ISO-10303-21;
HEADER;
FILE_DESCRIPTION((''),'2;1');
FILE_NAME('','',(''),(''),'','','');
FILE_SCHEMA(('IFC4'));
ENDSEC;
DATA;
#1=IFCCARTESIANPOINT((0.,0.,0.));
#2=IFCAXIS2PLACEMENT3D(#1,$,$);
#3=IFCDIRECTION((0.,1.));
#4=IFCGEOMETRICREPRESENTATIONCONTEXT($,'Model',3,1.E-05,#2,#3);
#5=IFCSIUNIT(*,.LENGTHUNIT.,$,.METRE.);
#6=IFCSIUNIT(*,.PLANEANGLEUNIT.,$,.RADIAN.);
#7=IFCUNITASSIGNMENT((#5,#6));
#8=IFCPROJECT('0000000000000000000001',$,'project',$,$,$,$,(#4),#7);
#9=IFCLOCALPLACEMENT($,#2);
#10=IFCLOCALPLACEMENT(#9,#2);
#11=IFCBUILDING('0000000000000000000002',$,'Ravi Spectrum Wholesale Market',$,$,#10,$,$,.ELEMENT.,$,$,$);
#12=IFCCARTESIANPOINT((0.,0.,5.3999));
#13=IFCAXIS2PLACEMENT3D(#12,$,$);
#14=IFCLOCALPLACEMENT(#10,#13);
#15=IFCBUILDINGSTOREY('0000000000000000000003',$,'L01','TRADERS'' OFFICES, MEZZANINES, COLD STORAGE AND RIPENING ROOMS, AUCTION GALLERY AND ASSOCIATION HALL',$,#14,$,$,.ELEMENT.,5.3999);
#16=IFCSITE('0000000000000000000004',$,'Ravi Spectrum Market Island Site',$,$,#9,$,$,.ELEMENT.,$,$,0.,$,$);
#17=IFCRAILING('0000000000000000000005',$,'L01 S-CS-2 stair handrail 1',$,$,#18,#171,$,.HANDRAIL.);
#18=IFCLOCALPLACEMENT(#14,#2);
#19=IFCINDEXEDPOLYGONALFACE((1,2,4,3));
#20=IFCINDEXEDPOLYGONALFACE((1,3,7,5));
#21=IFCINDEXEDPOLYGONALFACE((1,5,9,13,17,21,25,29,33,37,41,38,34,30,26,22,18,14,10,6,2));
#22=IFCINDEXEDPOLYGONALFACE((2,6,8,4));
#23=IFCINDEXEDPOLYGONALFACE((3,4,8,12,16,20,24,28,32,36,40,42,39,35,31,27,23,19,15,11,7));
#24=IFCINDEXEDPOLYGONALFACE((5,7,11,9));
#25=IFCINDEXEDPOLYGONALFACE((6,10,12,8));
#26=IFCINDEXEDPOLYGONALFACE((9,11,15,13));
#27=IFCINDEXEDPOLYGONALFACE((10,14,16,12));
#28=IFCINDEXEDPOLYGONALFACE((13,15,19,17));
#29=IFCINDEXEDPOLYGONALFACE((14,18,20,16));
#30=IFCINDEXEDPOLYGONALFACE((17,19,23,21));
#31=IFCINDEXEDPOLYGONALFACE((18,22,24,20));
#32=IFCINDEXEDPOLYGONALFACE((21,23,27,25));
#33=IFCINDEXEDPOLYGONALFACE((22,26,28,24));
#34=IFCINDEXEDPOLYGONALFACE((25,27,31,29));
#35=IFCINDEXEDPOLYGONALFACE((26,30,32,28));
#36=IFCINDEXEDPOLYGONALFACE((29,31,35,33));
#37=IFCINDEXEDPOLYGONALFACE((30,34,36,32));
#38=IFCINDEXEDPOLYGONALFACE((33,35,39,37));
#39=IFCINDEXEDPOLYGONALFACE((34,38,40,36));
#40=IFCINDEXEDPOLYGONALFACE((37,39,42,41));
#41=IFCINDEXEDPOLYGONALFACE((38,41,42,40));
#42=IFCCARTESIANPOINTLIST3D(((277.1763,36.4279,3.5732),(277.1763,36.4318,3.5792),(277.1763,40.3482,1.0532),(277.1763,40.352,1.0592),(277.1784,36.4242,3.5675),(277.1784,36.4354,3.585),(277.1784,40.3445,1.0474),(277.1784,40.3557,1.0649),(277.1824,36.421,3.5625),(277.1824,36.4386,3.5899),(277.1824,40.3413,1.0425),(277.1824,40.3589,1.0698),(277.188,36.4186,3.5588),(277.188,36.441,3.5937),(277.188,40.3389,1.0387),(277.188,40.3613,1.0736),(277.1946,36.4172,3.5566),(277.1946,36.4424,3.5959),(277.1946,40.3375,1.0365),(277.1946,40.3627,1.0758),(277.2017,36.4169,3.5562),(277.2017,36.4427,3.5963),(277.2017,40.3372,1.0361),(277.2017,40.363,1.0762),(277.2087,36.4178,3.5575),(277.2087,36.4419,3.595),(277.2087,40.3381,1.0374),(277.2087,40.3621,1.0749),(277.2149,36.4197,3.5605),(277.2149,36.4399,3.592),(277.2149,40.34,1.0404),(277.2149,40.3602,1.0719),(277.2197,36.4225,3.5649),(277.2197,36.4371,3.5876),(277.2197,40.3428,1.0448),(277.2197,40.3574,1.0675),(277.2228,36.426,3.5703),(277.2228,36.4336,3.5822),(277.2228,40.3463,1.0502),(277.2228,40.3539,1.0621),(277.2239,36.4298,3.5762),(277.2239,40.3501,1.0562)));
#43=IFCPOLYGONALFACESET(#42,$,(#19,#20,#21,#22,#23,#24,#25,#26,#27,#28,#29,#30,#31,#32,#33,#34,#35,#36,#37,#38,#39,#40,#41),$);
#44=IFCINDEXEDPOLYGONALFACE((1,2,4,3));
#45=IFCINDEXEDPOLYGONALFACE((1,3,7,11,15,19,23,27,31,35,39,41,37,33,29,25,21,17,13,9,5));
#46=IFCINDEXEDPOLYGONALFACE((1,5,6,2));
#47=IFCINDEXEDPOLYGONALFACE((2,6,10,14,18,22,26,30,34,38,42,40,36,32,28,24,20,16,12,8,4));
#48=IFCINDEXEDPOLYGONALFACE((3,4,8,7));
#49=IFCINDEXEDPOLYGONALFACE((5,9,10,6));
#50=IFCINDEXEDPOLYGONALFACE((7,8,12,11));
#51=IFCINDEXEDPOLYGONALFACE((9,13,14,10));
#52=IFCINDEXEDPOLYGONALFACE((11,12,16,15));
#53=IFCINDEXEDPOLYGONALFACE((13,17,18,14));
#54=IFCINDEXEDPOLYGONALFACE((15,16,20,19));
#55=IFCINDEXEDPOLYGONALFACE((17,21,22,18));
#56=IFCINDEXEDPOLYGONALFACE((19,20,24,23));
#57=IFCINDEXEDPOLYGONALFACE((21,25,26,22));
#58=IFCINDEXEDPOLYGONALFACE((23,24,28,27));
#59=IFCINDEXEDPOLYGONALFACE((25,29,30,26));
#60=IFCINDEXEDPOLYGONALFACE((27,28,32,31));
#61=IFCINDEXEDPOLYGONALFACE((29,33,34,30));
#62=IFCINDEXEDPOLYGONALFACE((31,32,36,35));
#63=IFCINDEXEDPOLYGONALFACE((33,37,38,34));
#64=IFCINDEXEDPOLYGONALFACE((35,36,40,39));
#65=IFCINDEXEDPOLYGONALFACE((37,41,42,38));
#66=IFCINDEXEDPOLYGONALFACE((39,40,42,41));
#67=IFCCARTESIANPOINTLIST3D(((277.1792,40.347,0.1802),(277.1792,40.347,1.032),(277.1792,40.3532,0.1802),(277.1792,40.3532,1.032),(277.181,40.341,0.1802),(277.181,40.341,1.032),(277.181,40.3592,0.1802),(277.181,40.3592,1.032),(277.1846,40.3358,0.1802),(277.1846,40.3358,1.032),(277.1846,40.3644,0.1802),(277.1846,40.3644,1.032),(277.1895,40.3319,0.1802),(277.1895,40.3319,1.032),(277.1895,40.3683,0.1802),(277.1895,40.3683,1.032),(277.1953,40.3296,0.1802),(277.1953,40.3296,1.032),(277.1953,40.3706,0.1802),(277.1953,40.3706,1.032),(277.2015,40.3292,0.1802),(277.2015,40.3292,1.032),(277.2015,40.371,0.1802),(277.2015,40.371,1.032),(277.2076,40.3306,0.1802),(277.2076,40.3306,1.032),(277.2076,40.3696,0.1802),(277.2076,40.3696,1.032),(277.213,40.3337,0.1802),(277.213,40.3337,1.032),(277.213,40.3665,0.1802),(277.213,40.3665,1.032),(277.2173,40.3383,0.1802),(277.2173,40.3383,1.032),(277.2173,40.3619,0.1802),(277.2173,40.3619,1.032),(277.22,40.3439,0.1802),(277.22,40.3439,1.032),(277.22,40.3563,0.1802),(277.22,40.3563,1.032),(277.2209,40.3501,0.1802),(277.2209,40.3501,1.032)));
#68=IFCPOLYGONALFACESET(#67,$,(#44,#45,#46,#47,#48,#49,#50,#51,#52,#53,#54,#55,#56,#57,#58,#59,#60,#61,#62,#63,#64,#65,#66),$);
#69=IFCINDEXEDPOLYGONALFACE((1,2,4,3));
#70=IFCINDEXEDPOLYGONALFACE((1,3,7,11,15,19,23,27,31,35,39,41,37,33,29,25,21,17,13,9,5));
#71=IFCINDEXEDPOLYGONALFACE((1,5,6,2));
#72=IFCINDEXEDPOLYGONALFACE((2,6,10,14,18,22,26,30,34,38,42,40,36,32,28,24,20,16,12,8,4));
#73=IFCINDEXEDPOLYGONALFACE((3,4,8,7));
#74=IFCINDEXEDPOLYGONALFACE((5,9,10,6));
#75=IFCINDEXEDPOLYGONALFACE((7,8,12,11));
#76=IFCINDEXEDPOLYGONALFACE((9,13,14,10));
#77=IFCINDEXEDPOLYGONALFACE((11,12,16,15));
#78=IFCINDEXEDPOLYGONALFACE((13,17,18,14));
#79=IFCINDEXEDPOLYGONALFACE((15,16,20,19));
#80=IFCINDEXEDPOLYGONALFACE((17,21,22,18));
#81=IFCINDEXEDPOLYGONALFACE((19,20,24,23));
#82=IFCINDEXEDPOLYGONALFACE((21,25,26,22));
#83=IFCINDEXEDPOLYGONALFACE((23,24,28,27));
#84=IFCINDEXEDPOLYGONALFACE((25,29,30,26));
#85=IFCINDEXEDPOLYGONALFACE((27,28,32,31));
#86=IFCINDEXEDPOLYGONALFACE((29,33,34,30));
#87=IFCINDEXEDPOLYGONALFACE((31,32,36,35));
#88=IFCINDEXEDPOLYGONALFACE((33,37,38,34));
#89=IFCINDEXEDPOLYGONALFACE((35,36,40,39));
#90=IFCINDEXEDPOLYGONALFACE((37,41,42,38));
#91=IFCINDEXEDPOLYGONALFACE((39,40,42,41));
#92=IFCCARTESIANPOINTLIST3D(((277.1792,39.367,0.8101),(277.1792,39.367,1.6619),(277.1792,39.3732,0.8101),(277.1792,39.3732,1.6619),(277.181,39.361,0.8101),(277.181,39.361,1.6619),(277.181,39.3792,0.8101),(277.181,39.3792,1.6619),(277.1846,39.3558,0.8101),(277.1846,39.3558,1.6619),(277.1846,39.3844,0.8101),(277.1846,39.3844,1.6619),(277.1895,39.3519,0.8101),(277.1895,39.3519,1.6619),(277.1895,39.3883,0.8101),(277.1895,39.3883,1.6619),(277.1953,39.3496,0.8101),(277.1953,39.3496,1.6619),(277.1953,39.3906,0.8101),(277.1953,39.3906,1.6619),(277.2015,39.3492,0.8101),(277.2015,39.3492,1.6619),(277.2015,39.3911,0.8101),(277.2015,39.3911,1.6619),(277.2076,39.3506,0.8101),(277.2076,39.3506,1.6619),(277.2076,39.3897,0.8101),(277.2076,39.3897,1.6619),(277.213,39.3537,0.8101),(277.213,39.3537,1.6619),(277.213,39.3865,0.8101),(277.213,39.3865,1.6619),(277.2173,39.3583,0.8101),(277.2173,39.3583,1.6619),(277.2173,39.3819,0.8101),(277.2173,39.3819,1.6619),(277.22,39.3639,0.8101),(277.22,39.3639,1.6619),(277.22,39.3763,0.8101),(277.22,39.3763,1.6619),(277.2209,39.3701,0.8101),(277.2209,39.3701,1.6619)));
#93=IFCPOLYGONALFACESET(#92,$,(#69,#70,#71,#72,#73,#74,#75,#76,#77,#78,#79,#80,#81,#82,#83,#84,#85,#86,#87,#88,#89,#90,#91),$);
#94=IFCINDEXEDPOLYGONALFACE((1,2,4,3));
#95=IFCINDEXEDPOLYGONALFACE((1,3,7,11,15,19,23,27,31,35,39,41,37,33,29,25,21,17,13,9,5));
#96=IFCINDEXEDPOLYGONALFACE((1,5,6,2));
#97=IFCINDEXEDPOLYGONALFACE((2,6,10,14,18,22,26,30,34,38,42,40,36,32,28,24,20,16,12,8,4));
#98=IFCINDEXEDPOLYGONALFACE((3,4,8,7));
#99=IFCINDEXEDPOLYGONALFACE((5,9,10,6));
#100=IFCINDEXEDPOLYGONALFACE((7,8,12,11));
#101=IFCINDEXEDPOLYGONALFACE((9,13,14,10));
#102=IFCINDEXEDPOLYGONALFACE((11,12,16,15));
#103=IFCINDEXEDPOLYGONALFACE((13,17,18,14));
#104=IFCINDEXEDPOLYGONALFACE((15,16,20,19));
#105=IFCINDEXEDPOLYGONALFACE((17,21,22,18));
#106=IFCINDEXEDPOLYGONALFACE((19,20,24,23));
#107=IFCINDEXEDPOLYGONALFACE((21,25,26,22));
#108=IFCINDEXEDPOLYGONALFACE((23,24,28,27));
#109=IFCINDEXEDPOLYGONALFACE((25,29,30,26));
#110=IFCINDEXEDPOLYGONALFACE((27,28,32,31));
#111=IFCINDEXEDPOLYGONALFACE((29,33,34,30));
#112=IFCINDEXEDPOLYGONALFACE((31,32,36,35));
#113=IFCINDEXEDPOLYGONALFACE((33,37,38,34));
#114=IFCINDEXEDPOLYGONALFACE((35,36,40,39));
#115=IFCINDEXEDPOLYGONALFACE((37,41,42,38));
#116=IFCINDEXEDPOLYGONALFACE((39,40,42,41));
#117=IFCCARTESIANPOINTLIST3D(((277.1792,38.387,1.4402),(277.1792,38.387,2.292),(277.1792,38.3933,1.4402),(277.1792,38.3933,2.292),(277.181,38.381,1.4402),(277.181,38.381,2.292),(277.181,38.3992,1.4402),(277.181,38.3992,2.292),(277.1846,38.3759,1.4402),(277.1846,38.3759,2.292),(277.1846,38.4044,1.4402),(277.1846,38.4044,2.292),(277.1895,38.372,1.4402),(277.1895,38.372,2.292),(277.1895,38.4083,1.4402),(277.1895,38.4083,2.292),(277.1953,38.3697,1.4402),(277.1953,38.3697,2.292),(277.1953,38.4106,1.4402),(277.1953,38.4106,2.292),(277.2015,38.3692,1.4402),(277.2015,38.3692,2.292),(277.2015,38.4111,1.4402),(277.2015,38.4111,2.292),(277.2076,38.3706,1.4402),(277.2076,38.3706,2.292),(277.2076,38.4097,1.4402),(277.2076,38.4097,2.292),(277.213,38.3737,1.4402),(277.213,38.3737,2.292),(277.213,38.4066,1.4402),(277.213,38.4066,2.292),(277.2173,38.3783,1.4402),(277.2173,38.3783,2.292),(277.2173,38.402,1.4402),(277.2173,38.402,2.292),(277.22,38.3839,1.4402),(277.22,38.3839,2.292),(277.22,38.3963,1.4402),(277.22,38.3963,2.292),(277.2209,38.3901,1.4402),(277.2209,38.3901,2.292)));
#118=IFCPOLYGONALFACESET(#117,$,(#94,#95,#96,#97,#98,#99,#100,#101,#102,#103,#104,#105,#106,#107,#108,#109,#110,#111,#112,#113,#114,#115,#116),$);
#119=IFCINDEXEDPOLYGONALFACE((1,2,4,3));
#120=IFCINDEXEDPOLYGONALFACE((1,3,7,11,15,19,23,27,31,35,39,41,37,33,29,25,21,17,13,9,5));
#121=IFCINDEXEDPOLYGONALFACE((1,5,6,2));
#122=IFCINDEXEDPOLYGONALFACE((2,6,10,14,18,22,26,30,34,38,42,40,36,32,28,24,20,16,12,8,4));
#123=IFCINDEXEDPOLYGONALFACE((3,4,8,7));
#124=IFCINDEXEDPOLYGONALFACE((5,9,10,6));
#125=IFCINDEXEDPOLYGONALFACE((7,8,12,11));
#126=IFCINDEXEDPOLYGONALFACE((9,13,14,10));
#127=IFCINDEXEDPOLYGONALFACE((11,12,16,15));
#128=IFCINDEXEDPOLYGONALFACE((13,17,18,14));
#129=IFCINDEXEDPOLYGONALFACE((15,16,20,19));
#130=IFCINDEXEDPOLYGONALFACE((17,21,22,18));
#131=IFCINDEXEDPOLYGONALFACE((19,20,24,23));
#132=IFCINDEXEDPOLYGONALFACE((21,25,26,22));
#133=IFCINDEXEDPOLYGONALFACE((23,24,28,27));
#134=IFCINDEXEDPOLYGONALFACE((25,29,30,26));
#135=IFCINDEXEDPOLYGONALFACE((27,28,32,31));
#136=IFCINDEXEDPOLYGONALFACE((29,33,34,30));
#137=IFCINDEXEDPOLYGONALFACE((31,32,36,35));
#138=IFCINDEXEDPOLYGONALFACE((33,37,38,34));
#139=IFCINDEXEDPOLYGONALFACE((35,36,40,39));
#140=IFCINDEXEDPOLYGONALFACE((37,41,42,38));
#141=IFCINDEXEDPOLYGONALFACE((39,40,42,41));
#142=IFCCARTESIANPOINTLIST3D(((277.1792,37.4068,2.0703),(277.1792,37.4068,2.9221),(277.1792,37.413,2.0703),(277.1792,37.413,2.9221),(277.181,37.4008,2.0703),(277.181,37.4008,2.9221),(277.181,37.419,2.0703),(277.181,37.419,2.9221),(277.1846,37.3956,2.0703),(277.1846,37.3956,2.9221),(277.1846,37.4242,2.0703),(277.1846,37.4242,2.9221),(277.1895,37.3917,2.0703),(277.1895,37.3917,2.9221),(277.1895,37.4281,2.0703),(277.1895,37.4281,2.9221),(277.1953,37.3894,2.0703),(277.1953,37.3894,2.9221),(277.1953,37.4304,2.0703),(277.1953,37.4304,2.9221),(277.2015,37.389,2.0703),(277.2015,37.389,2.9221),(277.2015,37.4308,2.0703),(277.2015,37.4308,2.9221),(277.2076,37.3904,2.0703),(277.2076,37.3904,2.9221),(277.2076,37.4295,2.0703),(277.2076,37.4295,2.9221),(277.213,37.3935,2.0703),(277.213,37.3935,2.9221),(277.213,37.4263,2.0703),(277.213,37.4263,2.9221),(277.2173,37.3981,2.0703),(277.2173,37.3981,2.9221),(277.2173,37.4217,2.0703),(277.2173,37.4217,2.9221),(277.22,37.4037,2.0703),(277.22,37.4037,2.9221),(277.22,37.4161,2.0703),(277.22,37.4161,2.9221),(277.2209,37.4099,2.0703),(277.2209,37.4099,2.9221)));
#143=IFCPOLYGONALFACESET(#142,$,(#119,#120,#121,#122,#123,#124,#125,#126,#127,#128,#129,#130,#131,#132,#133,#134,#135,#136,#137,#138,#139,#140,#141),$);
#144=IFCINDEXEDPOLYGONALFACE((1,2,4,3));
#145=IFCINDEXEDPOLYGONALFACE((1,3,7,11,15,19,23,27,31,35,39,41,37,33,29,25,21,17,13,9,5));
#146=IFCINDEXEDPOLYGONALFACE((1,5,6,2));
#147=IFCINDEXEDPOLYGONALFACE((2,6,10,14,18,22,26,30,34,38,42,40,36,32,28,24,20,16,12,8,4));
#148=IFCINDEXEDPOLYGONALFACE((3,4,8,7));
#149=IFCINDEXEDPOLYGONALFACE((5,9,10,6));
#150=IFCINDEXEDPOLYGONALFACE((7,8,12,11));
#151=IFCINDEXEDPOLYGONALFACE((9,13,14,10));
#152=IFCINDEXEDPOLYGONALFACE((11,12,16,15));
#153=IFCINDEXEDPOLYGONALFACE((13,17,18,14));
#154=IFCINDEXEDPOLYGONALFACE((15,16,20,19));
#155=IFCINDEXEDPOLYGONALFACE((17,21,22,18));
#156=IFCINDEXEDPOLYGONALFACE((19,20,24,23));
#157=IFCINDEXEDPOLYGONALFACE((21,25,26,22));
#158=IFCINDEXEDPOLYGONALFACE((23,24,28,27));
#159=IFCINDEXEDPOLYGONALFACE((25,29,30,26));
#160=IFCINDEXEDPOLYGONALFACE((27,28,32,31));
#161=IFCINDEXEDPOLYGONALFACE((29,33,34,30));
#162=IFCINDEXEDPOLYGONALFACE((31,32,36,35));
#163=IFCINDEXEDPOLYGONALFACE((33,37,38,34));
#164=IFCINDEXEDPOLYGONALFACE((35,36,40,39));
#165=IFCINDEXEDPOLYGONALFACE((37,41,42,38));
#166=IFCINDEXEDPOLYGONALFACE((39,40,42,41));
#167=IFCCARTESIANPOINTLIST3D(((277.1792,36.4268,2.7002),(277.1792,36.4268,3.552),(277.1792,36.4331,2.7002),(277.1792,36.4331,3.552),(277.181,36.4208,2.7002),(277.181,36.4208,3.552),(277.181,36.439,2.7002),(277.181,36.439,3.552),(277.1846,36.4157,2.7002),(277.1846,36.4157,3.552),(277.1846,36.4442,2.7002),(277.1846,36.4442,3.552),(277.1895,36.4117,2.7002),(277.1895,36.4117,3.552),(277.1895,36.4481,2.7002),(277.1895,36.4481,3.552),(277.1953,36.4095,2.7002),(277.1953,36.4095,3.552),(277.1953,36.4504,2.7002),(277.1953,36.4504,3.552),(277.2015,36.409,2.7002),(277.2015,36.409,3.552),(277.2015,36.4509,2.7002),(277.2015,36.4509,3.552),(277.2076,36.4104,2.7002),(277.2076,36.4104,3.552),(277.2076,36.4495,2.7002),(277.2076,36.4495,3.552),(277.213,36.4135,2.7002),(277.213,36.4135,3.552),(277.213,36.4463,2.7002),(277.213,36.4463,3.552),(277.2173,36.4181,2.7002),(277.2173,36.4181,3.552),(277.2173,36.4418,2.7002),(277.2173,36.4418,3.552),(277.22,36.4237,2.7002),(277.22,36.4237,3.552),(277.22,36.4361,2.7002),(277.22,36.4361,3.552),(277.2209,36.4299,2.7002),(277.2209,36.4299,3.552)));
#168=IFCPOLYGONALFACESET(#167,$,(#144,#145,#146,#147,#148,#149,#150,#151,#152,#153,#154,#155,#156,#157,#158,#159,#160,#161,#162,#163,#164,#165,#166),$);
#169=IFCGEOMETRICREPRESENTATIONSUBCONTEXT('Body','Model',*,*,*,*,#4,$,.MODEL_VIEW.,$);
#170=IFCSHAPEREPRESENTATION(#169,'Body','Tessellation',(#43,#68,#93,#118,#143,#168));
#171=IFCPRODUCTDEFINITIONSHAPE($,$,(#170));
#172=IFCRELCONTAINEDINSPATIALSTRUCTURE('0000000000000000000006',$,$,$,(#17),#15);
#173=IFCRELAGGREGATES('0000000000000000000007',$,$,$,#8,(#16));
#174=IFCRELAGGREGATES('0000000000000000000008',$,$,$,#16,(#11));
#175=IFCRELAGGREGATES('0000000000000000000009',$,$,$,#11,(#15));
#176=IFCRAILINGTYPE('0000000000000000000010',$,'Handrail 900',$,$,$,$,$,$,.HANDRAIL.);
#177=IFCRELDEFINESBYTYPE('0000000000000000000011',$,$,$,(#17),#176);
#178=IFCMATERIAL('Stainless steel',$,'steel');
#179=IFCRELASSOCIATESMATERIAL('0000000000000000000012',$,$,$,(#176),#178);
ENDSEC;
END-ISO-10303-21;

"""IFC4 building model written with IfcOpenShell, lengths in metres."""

from ifc_helpers import new_model, si_unit, direction, frame, origin, origin_2d, place, context, subcontext, project, spatial, circle, extrude, material, type_object, element, save


model = new_model("IFC4")

# Units and contexts
model_context = context("Model", 3, precision=1e-05, world=origin(), true_north=direction((0.0, 1.0)))
body_context = subcontext(model_context, "Body", "Model", "MODEL_VIEW")
ifc_project = project(units=[si_unit("LENGTHUNIT", "METRE"), si_unit("PLANEANGLEUNIT", "RADIAN")], contexts=[model_context])

# Site, building, storey
site_placement = place(None, origin())
site = spatial("IfcSite", under=ifc_project, at=site_placement, Name="Ravi Spectrum Market Island Site", CompositionType="ELEMENT", RefElevation=0.0)
building_placement = place(site_placement, origin())
building = spatial("IfcBuilding", under=site, at=building_placement, Name="Ravi Spectrum Wholesale Market", CompositionType="ELEMENT")
storey_placement = place(building_placement, frame((0.0, 0.0, 5.3999)))
storey = spatial("IfcBuildingStorey", under=building, at=storey_placement, Name="L01", Description="TRADERS' OFFICES, MEZZANINES, COLD STORAGE AND RIPENING ROOMS, AUCTION GALLERY AND ASSOCIATION HALL", CompositionType="ELEMENT", Elevation=5.3999)

# Railing
ifc_material_1 = material(Name="Stainless steel", Category="steel")
railing_type_1 = type_object("IfcRailingType", Name="Handrail 900", PredefinedType="HANDRAIL", material=ifc_material_1)
railing_1_placement = place(storey_placement, frame((277.2, 40.3501, 0.1802)))
element("IfcRailing", 1, at=railing_1_placement, inside=storey, type_object=railing_type_1, Name="L01 S-CS-2 stair handrail 1", PredefinedType="HANDRAIL", context=body_context, shape_type="SweptSolid", body=[
    extrude(circle(Radius=0.0239, at=origin_2d()), frame((0.0, 0.0, 0.876), z_axis=(0.0, -0.841187, 0.540744), x_axis=(1.0, 0.0, 0.0)), (0.0, 0.0, 1.0), 4.6604),
    extrude(circle(Radius=0.021, at=origin_2d()), origin(), (0.0, 0.0, 1.0), 0.8518),
    extrude(circle(Radius=0.021, at=origin_2d()), frame((0.0, -0.98, 0.6299)), (0.0, 0.0, 1.0), 0.8518),
    extrude(circle(Radius=0.021, at=origin_2d()), frame((0.0, -1.96, 1.26)), (0.0, 0.0, 1.0), 0.8518),
    extrude(circle(Radius=0.021, at=origin_2d()), frame((0.0, -2.9402, 1.8901)), (0.0, 0.0, 1.0), 0.8518),
    extrude(circle(Radius=0.021, at=origin_2d()), frame((0.0, -3.9202, 2.52)), (0.0, 0.0, 1.0), 0.8518),
])

save(model, "model.ifc")
